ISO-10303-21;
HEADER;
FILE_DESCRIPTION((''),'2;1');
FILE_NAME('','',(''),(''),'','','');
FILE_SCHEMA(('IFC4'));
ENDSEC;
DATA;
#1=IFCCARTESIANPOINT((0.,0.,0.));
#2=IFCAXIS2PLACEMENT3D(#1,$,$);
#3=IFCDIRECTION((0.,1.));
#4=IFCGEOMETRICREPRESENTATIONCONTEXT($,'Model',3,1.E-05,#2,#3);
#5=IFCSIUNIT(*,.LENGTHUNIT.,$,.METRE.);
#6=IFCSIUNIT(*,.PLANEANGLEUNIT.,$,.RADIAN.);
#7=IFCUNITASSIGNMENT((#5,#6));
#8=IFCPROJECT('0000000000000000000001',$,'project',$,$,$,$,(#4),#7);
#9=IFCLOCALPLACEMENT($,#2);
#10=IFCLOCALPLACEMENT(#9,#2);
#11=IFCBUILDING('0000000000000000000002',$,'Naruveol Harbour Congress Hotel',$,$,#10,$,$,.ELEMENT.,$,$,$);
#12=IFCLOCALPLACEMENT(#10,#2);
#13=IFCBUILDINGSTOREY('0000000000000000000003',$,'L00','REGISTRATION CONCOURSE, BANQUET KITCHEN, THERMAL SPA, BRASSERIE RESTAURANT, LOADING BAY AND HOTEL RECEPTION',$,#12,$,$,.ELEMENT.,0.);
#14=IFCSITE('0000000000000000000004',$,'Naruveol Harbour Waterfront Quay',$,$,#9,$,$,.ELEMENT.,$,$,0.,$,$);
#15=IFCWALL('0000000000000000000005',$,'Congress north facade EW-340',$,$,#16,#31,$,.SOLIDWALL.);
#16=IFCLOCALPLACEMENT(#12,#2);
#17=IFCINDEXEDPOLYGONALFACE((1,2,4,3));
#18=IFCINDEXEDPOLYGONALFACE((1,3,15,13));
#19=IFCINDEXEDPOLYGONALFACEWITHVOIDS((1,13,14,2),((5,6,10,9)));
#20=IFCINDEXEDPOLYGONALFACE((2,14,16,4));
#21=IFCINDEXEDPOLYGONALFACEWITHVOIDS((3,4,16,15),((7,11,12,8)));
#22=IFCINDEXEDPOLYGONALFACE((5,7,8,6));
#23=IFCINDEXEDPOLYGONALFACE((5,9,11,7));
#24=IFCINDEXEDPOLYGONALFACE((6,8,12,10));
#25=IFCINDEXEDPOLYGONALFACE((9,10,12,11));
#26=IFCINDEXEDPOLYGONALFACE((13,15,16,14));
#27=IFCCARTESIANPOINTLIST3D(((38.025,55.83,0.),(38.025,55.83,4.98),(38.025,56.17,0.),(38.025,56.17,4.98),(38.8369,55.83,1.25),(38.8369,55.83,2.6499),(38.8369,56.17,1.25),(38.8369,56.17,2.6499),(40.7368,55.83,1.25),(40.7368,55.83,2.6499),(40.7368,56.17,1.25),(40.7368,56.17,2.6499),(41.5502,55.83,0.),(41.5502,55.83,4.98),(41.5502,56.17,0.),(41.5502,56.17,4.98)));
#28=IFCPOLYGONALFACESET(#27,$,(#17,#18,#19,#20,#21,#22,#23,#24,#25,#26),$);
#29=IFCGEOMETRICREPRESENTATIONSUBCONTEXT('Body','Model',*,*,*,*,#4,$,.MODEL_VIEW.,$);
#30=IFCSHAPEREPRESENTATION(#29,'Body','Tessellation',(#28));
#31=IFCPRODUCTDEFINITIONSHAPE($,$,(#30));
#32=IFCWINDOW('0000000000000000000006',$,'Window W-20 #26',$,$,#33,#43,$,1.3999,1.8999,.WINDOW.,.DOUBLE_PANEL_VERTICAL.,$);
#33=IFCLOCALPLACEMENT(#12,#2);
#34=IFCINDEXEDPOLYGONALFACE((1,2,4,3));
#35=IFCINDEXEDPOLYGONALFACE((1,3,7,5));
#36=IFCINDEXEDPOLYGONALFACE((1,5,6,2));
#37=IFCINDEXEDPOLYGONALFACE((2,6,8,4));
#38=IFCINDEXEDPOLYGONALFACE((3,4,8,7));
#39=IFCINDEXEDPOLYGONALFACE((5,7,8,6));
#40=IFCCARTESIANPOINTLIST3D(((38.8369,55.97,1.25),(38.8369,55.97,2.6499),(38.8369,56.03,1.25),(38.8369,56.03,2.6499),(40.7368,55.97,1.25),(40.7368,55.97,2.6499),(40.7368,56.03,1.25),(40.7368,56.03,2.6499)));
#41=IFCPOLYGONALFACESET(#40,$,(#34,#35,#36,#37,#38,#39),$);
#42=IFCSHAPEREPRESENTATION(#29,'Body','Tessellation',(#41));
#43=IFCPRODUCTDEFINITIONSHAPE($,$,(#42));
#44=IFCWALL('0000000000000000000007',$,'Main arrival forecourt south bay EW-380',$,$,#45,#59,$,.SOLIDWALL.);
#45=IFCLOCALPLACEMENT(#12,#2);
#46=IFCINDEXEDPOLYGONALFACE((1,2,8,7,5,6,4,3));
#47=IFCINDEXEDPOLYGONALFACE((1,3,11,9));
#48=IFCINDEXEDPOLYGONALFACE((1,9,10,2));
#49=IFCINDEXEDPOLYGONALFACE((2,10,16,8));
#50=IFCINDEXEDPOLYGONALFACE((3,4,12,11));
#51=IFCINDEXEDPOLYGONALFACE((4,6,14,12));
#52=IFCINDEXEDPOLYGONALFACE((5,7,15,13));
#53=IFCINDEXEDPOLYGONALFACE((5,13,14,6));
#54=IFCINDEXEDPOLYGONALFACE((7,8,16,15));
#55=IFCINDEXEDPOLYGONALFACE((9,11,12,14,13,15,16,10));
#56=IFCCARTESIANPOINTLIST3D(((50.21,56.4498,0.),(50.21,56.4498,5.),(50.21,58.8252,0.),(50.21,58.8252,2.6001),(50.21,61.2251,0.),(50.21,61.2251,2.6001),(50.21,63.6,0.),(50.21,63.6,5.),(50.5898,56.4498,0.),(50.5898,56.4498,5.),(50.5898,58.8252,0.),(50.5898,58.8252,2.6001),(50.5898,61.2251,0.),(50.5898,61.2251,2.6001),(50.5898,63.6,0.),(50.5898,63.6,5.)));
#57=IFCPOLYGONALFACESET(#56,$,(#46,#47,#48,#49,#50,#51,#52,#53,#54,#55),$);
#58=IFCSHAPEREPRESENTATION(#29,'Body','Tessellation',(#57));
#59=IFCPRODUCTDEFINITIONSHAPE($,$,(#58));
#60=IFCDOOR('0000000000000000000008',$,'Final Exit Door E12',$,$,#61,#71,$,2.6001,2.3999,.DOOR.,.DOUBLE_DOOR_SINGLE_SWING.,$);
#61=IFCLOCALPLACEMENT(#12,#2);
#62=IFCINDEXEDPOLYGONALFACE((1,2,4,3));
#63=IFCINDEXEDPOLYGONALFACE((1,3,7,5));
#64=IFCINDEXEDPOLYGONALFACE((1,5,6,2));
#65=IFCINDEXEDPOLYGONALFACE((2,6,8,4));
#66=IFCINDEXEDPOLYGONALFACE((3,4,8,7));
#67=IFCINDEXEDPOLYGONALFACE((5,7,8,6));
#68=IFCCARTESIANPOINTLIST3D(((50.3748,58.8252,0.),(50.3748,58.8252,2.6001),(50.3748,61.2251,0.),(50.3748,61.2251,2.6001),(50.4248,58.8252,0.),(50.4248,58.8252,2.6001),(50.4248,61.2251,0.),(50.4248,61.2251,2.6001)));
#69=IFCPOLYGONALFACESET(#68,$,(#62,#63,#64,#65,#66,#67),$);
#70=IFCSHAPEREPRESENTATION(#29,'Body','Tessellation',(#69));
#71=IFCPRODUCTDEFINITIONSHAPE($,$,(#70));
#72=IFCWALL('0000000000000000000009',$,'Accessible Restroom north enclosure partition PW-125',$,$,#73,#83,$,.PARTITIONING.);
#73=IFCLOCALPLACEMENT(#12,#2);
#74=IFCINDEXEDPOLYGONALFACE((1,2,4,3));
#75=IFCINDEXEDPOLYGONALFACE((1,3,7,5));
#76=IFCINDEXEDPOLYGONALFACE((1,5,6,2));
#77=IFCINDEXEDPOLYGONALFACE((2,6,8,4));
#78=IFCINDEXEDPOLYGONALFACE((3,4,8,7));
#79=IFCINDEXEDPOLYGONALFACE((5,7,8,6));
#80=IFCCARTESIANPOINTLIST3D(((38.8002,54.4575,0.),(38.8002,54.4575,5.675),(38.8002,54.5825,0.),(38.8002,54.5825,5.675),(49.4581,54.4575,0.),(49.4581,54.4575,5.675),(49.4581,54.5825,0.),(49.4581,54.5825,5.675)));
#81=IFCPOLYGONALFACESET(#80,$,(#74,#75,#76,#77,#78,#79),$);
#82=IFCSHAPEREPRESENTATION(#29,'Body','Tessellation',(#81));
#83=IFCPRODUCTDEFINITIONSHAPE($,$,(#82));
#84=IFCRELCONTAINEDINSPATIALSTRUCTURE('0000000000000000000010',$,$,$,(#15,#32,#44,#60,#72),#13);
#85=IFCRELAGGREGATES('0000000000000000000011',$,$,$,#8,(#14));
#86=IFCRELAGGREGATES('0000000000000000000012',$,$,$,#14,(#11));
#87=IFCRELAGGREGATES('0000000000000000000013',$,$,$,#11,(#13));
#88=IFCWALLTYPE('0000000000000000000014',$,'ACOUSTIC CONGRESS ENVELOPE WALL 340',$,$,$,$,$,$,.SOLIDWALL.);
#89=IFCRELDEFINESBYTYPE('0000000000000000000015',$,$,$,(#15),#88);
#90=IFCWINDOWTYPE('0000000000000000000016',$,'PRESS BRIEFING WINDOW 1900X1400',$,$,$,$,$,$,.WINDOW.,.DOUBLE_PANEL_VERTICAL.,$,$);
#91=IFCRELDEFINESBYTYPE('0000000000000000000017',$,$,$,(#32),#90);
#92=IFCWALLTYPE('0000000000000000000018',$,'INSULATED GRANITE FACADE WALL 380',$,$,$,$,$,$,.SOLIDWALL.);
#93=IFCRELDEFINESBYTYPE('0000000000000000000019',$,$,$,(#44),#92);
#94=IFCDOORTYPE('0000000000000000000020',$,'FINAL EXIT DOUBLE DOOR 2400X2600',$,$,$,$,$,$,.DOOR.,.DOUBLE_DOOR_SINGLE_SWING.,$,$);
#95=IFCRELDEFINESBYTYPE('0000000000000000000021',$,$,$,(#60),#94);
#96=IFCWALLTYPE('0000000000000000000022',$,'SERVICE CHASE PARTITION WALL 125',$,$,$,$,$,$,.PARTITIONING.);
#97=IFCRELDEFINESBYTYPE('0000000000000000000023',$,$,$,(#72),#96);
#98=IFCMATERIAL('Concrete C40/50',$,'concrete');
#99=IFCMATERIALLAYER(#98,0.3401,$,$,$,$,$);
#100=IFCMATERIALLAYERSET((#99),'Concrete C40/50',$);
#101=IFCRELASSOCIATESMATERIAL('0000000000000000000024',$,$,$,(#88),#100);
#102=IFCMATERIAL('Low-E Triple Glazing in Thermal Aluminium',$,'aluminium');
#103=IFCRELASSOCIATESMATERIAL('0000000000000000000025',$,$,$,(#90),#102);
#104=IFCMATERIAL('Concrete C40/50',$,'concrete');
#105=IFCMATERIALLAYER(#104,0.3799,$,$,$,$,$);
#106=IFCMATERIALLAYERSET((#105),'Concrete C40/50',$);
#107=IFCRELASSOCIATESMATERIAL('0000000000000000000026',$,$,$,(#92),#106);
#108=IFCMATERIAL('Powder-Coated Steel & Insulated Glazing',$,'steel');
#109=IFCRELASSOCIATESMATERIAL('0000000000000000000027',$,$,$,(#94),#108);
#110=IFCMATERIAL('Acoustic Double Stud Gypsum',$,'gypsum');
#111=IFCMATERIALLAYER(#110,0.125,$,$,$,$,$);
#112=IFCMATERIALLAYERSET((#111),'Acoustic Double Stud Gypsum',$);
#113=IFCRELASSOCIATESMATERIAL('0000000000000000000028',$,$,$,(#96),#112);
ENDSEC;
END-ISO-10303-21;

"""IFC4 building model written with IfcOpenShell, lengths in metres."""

from ifc_helpers import new_model, si_unit, direction, frame, frame_2d, origin, place, context, subcontext, project, spatial, rectangle, extrude, material, layer, layer_set, type_object, element, fill, save


model = new_model("IFC4")

# Units and contexts
model_context = context("Model", 3, precision=1e-05, world=origin(), true_north=direction((0.0, 1.0)))
body_context = subcontext(model_context, "Body", "Model", "MODEL_VIEW")
ifc_project = project(units=[si_unit("LENGTHUNIT", "METRE"), si_unit("PLANEANGLEUNIT", "RADIAN")], contexts=[model_context])

# Site, building, storey
site_placement = place(None, origin())
site = spatial("IfcSite", under=ifc_project, at=site_placement, Name="Naruveol Harbour Waterfront Quay", CompositionType="ELEMENT", RefElevation=0.0)
building_placement = place(site_placement, origin())
building = spatial("IfcBuilding", under=site, at=building_placement, Name="Naruveol Harbour Congress Hotel", CompositionType="ELEMENT")
storey_placement = place(building_placement, origin())
storey = spatial("IfcBuildingStorey", under=building, at=storey_placement, Name="L00", Description="REGISTRATION CONCOURSE, BANQUET KITCHEN, THERMAL SPA, BRASSERIE RESTAURANT, LOADING BAY AND HOTEL RECEPTION", CompositionType="ELEMENT", Elevation=0.0)

# Wall, opening, window
ifc_material_1 = material(Name="Concrete C40/50", Category="concrete")
ifc_layer_1 = layer(ifc_material_1, 0.3401)
ifc_layer_set_1 = layer_set([ifc_layer_1], Name="Concrete C40/50")
wall_type_1 = type_object("IfcWallType", Name="ACOUSTIC CONGRESS ENVELOPE WALL 340", PredefinedType="SOLIDWALL", material=ifc_layer_set_1)
wall_1_placement = place(storey_placement, frame((38.0249, 56.0, 0.0), z_axis=(0.0, 0.0, 1.0), x_axis=(1.0, 0.0, 0.0)))
wall_1 = element("IfcWall", 1, at=wall_1_placement, inside=storey, type_object=wall_type_1, Name="Congress north facade EW-340", PredefinedType="SOLIDWALL", context=body_context, shape_type="SweptSolid", body=[
    extrude(rectangle(XDim=3.5251, YDim=0.3401, at=frame_2d((1.7627, 0.0))), origin(), (0.0, 0.0, 1.0), 4.98),
])
opening_1_placement = place(wall_1_placement, frame((0.812, 0.0, 1.25)))
opening_1 = element("IfcOpeningElement", 2, at=opening_1_placement, cuts=wall_1, PredefinedType="OPENING", context=body_context, shape_type="SweptSolid", body=[
    extrude(rectangle(XDim=1.8999, YDim=1.3999, at=frame_2d((0.95, 0.7))), frame((0.0, 0.1799, 0.0), z_axis=(0.0, -1.0, 0.0), x_axis=(1.0, 0.0, 0.0)), (0.0, 0.0, 1.0), 0.3601),
])
ifc_material_2 = material(Name="Low-E Triple Glazing in Thermal Aluminium", Category="aluminium")
window_type = type_object("IfcWindowType", Name="PRESS BRIEFING WINDOW 1900X1400", PartitioningType="DOUBLE_PANEL_VERTICAL", PredefinedType="WINDOW", material=ifc_material_2)
window_placement = place(opening_1_placement, origin())
window = element("IfcWindow", 3, at=window_placement, inside=storey, type_object=window_type, Name="Window W-20 #26", OverallHeight=1.3999, OverallWidth=1.8999, PartitioningType="DOUBLE_PANEL_VERTICAL", PredefinedType="WINDOW", context=body_context, shape_type="SweptSolid", body=[
    extrude(rectangle(XDim=1.8999, YDim=1.3999, at=frame_2d((0.95, 0.7))), frame((0.0, 0.03, 0.0), z_axis=(0.0, -1.0, 0.0), x_axis=(1.0, 0.0, 0.0)), (0.0, 0.0, 1.0), 0.0601),
])
fill(opening_1, window)

# Wall, opening, door
ifc_material_3 = material(Name="Concrete C40/50", Category="concrete")
ifc_layer_2 = layer(ifc_material_3, 0.3799)
ifc_layer_set_2 = layer_set([ifc_layer_2], Name="Concrete C40/50")
wall_type_2 = type_object("IfcWallType", Name="INSULATED GRANITE FACADE WALL 380", PredefinedType="SOLIDWALL", material=ifc_layer_set_2)
wall_2_placement = place(storey_placement, frame((50.3999, 63.6001, 0.0), z_axis=(0.0, 0.0, 1.0), x_axis=(0.0, -1.0, 0.0)))
wall_2 = element("IfcWall", 4, at=wall_2_placement, inside=storey, type_object=wall_type_2, Name="Main arrival forecourt south bay EW-380", PredefinedType="SOLIDWALL", context=body_context, shape_type="SweptSolid", body=[
    extrude(rectangle(XDim=7.1501, YDim=0.3799, at=frame_2d((3.5752, 0.0))), origin(), (0.0, 0.0, 1.0), 5.0),
])
opening_2_placement = place(wall_2_placement, frame((2.375, 0.0, 0.0)))
opening_2 = element("IfcOpeningElement", 5, at=opening_2_placement, cuts=wall_2, PredefinedType="OPENING", context=body_context, shape_type="SweptSolid", body=[
    extrude(rectangle(XDim=2.3999, YDim=2.6001, at=frame_2d((1.2, 1.3))), frame((0.0, 0.2, 0.0), z_axis=(0.0, -1.0, 0.0), x_axis=(1.0, 0.0, 0.0)), (0.0, 0.0, 1.0), 0.3999),
])
ifc_material_4 = material(Name="Powder-Coated Steel & Insulated Glazing", Category="steel")
door_type = type_object("IfcDoorType", Name="FINAL EXIT DOUBLE DOOR 2400X2600", OperationType="DOUBLE_DOOR_SINGLE_SWING", PredefinedType="DOOR", material=ifc_material_4)
door_placement = place(opening_2_placement, origin())
door = element("IfcDoor", 6, at=door_placement, inside=storey, type_object=door_type, Name="Final Exit Door E12", OperationType="DOUBLE_DOOR_SINGLE_SWING", OverallHeight=2.6001, OverallWidth=2.3999, PredefinedType="DOOR", context=body_context, shape_type="SweptSolid", body=[
    extrude(rectangle(XDim=2.3999, YDim=2.6001, at=frame_2d((1.2, 1.3))), frame((0.0, 0.0249, 0.0), z_axis=(0.0, -1.0, 0.0), x_axis=(1.0, 0.0, 0.0)), (0.0, 0.0, 1.0), 0.05),
])
fill(opening_2, door)

# Wall
ifc_material_5 = material(Name="Acoustic Double Stud Gypsum", Category="gypsum")
ifc_layer_3 = layer(ifc_material_5, 0.125)
ifc_layer_set_3 = layer_set([ifc_layer_3], Name="Acoustic Double Stud Gypsum")
wall_type_3 = type_object("IfcWallType", Name="SERVICE CHASE PARTITION WALL 125", PredefinedType="PARTITIONING", material=ifc_layer_set_3)
wall_3_placement = place(storey_placement, frame((38.8, 54.52, 0.0), z_axis=(0.0, 0.0, 1.0), x_axis=(1.0, 0.0, 0.0)))
element("IfcWall", 7, at=wall_3_placement, inside=storey, type_object=wall_type_3, Name="Accessible Restroom north enclosure partition PW-125", PredefinedType="PARTITIONING", context=body_context, shape_type="SweptSolid", body=[
    extrude(rectangle(XDim=10.658, YDim=0.125, at=frame_2d((5.3291, 0.0))), origin(), (0.0, 0.0, 1.0), 5.675),
])

save(model, "model.ifc")
